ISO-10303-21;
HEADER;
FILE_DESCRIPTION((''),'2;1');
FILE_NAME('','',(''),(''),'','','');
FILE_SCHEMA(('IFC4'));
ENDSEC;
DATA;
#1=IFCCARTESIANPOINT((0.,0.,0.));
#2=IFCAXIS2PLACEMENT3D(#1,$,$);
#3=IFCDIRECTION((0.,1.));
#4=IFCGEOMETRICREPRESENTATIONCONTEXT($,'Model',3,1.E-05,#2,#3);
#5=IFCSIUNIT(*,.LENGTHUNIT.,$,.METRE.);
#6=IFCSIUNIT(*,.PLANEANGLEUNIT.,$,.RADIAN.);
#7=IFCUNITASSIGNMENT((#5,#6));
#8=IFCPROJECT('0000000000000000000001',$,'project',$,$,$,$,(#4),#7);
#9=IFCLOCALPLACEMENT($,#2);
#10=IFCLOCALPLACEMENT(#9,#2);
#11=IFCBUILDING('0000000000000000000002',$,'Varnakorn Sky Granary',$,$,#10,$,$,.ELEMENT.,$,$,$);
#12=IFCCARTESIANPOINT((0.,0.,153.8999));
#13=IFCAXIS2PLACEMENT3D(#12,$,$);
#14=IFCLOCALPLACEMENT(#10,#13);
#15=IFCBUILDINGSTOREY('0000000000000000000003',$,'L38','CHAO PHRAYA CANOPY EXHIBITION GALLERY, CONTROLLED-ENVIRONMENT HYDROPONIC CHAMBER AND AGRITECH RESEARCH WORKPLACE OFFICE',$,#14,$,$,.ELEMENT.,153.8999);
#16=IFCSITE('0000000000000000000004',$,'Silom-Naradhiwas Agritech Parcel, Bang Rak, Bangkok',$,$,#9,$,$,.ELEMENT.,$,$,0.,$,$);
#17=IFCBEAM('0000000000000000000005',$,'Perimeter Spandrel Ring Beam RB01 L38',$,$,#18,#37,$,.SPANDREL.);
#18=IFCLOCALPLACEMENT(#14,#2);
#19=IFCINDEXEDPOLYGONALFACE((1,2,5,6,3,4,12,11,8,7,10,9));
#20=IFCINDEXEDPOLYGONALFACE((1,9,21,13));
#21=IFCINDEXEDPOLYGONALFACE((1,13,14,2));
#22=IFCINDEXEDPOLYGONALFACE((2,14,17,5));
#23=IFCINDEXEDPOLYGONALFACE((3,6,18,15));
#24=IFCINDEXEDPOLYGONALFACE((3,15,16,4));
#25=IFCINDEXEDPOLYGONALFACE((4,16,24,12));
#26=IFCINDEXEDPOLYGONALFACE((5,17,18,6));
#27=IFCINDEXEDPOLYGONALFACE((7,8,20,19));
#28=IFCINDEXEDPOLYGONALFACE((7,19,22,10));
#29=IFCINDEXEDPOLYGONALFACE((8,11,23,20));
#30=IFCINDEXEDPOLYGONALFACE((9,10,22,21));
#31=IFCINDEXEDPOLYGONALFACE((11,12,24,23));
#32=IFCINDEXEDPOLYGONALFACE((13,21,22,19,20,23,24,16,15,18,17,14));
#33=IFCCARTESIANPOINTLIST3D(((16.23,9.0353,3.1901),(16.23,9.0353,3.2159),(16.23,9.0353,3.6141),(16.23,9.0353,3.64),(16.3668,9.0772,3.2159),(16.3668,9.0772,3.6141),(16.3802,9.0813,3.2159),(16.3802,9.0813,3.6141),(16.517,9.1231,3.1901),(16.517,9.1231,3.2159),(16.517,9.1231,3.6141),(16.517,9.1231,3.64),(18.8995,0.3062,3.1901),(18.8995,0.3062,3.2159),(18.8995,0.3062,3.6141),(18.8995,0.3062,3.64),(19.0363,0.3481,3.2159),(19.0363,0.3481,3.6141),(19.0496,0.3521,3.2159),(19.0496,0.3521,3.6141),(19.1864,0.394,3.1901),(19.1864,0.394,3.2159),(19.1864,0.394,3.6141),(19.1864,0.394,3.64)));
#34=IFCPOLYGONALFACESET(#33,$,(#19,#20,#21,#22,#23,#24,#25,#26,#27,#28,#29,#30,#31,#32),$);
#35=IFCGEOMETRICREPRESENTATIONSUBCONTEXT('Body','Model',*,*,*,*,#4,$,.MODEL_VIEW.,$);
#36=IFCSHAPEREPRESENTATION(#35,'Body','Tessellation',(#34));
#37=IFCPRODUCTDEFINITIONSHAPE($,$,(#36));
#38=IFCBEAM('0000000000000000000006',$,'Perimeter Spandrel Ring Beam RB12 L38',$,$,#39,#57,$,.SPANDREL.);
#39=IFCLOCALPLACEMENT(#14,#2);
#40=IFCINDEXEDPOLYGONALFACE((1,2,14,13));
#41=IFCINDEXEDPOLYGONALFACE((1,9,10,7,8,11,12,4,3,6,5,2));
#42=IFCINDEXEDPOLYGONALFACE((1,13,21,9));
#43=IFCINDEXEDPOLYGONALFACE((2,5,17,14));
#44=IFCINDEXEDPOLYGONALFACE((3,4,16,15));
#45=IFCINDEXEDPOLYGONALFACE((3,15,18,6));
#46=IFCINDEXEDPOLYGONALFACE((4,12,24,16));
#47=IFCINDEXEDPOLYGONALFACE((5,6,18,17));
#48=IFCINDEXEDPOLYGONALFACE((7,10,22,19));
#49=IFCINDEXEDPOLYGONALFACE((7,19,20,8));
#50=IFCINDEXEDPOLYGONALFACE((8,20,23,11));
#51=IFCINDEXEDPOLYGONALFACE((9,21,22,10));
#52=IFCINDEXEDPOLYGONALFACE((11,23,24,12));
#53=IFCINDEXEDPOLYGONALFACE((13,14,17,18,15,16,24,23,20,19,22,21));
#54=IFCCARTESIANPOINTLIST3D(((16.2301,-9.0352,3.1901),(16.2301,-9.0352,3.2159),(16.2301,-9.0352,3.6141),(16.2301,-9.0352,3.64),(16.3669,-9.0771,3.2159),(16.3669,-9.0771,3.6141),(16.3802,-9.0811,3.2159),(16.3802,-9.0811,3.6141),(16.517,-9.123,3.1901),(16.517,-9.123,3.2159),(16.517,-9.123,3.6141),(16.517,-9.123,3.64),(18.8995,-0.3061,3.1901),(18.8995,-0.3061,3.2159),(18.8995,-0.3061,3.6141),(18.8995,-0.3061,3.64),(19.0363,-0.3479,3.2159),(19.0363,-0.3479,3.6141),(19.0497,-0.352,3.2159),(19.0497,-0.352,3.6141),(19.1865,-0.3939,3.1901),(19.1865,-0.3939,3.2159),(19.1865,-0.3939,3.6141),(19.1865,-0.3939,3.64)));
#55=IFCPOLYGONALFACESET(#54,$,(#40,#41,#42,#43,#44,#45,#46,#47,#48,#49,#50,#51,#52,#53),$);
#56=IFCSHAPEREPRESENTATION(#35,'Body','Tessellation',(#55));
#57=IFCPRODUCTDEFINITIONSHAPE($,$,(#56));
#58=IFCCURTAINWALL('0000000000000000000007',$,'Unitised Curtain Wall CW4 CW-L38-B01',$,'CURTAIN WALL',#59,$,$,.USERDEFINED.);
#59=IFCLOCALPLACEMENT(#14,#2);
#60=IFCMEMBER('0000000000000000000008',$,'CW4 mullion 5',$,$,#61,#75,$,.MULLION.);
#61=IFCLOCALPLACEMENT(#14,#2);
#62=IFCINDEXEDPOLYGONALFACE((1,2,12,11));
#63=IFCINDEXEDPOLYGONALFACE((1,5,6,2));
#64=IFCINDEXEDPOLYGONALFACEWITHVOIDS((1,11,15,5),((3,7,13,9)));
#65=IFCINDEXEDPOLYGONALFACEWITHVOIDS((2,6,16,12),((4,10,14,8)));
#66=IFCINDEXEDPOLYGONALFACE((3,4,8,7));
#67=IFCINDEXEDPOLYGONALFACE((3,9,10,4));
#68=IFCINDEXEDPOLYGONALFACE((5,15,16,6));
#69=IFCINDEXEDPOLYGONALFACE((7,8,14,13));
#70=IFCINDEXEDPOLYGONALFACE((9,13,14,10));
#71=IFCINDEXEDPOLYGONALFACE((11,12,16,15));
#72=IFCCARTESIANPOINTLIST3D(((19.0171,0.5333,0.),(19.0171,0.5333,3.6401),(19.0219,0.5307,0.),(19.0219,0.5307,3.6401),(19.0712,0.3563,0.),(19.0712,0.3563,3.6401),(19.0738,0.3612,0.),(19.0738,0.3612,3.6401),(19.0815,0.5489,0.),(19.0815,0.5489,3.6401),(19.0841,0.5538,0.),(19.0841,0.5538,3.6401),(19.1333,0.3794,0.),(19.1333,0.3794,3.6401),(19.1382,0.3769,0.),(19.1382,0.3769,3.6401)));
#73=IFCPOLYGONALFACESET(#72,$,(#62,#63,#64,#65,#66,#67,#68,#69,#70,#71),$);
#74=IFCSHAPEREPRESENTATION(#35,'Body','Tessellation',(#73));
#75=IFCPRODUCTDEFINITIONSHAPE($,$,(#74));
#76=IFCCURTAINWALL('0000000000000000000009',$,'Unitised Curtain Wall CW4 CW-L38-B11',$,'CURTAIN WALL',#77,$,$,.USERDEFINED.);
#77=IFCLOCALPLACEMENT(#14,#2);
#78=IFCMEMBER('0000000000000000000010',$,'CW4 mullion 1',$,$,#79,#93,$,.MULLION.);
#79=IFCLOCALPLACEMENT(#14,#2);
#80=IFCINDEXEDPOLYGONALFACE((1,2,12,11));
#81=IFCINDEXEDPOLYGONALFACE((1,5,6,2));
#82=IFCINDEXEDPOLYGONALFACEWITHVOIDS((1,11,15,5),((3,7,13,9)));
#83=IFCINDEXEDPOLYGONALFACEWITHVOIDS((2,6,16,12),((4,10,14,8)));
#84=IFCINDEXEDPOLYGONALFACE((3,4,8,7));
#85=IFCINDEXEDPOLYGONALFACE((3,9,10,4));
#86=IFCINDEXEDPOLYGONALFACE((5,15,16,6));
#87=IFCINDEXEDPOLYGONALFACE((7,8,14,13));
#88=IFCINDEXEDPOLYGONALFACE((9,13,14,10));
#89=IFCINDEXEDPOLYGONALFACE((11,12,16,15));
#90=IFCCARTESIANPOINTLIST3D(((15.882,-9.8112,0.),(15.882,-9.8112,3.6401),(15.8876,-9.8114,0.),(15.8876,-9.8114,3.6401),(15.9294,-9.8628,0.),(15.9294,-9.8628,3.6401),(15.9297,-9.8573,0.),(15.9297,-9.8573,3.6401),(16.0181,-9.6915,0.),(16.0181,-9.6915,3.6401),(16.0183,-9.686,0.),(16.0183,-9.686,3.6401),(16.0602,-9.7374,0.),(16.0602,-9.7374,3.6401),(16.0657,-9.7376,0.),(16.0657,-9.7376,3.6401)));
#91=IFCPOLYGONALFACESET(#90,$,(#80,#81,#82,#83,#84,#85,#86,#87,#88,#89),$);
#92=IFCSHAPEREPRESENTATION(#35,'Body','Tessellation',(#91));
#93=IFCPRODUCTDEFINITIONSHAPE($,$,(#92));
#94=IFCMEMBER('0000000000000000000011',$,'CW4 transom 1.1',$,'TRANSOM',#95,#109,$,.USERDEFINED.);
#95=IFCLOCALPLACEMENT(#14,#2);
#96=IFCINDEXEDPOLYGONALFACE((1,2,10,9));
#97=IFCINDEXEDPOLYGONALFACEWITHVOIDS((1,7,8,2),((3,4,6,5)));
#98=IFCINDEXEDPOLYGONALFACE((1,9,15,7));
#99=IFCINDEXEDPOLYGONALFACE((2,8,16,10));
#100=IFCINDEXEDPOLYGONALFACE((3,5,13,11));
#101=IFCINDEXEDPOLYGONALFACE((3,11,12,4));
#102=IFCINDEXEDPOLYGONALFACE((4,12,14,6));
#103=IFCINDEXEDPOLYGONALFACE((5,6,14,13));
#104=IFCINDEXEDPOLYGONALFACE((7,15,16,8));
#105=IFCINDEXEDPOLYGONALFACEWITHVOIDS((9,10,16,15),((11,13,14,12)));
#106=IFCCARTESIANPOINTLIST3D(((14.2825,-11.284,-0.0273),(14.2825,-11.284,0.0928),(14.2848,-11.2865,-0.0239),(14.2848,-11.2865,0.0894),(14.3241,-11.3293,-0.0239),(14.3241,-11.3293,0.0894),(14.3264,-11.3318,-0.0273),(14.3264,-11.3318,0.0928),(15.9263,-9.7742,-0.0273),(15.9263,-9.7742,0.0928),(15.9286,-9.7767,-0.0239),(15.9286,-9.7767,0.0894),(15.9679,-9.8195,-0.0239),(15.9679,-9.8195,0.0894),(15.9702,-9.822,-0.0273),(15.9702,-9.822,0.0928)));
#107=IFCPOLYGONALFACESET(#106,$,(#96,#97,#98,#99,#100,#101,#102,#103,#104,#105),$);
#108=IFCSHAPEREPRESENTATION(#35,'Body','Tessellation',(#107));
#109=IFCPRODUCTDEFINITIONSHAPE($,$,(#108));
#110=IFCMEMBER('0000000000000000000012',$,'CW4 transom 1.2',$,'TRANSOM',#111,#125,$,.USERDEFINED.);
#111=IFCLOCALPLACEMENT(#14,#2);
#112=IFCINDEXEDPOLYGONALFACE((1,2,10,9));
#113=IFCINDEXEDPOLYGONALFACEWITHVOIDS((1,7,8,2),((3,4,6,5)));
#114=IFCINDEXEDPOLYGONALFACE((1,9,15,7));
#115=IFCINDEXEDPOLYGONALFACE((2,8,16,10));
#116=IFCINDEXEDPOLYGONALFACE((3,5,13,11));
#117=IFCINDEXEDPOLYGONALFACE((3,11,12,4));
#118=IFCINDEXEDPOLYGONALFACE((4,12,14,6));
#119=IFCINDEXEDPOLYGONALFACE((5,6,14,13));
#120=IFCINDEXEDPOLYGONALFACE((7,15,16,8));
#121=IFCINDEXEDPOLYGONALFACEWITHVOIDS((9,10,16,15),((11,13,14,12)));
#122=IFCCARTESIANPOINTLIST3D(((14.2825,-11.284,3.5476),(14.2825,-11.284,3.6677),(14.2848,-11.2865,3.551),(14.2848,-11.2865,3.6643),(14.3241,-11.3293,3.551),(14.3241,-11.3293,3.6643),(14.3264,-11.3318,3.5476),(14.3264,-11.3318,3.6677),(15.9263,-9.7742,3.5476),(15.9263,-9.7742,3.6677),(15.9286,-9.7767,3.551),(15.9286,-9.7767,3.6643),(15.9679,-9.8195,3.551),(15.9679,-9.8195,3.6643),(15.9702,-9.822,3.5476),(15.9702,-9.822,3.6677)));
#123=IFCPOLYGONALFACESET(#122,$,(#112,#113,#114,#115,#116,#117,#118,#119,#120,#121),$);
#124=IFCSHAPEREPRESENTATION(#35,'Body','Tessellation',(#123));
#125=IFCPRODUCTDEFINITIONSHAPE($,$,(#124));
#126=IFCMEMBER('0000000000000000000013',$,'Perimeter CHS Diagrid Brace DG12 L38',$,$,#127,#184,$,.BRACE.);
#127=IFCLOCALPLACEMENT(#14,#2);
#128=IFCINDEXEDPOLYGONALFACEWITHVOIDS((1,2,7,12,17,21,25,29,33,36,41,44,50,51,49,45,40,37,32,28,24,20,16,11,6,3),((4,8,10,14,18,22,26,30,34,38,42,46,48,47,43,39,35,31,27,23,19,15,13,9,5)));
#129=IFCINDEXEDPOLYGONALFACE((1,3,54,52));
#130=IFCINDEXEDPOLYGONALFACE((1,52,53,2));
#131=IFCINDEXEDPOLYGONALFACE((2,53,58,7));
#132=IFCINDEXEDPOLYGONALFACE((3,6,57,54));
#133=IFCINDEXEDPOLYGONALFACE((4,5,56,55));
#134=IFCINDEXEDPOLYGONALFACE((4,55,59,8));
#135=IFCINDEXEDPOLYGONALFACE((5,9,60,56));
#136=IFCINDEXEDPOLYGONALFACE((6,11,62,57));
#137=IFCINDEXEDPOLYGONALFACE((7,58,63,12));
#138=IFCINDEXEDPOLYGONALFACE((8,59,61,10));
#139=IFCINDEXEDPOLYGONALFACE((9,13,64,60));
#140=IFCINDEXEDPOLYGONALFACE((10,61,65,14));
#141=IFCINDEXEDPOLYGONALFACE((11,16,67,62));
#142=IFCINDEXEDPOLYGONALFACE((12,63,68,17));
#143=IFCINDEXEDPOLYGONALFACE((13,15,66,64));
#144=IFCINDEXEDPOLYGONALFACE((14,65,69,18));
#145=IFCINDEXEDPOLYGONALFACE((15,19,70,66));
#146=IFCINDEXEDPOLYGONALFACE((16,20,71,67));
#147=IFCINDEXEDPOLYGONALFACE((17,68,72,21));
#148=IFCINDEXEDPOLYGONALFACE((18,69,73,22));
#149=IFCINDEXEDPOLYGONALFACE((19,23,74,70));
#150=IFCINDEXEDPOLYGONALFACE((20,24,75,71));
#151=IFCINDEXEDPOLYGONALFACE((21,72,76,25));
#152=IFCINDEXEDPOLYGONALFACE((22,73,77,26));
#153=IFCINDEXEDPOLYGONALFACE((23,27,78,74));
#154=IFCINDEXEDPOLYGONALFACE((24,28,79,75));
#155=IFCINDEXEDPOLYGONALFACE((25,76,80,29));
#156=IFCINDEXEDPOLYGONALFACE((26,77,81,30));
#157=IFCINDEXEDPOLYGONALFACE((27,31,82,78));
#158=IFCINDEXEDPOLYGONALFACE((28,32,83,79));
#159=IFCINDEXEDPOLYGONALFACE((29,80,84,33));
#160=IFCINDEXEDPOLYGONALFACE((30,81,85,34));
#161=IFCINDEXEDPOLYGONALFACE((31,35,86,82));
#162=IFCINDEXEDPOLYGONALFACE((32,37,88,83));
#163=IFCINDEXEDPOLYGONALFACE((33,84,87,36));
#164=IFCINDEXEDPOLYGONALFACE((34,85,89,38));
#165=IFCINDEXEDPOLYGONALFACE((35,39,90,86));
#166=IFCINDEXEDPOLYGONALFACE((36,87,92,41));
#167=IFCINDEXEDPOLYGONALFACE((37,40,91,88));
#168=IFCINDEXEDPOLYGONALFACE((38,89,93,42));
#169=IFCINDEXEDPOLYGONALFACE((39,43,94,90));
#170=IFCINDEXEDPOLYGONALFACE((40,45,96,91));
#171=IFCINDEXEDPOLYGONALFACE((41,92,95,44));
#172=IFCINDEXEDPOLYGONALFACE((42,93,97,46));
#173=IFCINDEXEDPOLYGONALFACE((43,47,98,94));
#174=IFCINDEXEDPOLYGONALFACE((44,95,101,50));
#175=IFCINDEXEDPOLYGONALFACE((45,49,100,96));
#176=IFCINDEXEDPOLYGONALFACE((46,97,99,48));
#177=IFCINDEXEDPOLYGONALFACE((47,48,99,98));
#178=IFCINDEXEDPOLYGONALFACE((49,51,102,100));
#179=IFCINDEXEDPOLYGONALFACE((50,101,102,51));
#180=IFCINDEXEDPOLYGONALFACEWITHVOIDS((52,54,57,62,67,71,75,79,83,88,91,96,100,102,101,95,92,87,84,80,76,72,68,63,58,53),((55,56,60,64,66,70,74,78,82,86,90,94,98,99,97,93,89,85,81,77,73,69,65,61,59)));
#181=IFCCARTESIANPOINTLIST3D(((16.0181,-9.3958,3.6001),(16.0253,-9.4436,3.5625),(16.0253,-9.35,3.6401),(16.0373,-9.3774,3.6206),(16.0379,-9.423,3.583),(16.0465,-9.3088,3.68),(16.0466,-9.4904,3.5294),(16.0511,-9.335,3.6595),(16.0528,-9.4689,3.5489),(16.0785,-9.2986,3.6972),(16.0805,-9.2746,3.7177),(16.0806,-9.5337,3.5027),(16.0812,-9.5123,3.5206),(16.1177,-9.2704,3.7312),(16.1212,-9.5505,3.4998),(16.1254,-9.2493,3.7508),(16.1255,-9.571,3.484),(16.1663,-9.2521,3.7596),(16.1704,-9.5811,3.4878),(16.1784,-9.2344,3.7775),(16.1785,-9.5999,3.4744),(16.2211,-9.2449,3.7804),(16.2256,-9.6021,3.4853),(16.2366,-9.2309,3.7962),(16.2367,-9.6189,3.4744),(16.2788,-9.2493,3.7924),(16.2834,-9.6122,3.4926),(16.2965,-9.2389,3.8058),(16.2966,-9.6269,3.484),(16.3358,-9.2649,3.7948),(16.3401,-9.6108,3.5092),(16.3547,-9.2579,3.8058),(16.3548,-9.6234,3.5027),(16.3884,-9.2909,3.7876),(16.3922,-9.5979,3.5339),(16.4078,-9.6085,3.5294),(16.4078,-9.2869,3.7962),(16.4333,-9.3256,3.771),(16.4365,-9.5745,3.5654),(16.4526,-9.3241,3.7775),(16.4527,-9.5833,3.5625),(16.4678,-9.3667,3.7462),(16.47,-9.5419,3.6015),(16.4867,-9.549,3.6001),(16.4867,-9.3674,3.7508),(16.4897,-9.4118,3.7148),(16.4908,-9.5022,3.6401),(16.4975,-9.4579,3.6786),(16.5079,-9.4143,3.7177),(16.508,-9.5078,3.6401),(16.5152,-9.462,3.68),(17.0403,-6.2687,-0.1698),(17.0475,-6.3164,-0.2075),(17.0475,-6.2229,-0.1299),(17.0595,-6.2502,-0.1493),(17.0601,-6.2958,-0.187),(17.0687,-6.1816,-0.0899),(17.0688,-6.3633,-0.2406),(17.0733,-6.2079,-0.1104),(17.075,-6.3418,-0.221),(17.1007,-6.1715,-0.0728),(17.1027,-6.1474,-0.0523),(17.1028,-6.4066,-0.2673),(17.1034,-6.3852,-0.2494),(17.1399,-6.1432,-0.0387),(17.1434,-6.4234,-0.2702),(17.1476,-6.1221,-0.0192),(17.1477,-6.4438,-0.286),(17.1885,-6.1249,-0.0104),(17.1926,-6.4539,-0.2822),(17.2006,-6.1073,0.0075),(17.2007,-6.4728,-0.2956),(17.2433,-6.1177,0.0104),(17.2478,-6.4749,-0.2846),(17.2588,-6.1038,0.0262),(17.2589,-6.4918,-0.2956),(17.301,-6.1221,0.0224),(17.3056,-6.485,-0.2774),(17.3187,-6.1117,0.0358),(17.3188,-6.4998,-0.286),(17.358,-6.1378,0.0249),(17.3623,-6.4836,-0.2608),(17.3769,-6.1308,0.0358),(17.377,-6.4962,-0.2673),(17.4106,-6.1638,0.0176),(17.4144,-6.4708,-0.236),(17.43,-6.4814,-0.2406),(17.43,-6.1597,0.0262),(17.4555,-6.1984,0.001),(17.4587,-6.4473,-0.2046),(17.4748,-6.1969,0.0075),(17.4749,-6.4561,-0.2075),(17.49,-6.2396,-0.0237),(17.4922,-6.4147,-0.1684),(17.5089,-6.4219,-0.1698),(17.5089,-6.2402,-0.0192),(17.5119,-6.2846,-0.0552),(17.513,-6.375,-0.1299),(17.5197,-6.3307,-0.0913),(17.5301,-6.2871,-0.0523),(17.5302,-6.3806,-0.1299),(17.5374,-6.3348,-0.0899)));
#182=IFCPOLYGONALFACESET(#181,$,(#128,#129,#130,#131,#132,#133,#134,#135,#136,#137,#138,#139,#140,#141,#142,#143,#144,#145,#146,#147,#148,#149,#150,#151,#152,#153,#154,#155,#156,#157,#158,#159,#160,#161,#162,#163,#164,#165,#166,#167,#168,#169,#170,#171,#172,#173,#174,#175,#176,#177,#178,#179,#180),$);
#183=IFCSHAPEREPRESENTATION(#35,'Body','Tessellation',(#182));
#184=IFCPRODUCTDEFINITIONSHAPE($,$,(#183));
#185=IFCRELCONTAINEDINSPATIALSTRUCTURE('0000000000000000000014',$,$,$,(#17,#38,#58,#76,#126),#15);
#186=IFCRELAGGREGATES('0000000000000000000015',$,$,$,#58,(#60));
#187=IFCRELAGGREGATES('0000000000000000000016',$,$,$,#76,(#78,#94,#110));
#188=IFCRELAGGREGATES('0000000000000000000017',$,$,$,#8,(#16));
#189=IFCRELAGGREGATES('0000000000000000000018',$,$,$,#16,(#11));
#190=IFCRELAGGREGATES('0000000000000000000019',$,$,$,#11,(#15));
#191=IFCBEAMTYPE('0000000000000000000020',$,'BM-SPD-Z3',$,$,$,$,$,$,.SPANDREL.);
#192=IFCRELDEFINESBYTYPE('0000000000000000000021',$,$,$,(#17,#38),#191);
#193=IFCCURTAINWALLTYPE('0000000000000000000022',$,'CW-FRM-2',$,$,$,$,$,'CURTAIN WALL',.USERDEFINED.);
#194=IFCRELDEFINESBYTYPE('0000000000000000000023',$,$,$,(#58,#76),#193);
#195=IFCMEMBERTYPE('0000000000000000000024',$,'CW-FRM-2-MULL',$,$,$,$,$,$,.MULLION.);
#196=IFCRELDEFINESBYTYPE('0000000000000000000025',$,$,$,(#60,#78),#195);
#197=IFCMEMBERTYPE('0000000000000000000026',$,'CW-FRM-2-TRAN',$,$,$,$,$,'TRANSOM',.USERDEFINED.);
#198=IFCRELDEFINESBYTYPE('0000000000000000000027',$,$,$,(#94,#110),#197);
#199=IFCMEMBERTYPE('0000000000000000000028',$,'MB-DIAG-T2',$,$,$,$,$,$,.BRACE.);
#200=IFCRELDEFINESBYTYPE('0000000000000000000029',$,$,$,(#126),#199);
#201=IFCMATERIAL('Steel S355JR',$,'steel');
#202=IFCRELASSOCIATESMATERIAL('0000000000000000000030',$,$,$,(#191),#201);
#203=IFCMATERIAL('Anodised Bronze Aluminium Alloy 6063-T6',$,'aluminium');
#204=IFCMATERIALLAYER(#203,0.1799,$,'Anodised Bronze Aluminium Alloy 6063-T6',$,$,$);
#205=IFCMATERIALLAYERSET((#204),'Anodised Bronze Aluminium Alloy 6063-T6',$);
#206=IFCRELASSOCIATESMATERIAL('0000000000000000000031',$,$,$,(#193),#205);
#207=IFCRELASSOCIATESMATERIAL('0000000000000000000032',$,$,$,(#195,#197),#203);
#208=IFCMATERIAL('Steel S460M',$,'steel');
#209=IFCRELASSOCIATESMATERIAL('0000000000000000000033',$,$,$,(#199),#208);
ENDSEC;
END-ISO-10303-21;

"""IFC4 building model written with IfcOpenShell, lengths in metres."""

from ifc_helpers import new_model, si_unit, direction, frame, origin, origin_2d, place, context, subcontext, project, spatial, hollow_rectangle, hollow_circle, i_section, extrude, material, layer, layer_set, material_profile, profile_set, type_object, element, aggregate, save


model = new_model("IFC4")

# Units and contexts
model_context = context("Model", 3, precision=1e-05, world=origin(), true_north=direction((0.0, 1.0)))
body_context = subcontext(model_context, "Body", "Model", "MODEL_VIEW")
ifc_project = project(units=[si_unit("LENGTHUNIT", "METRE"), si_unit("PLANEANGLEUNIT", "RADIAN")], contexts=[model_context])

# Site, building, storey
site_placement = place(None, origin())
site = spatial("IfcSite", under=ifc_project, at=site_placement, Name="Silom-Naradhiwas Agritech Parcel, Bang Rak, Bangkok", CompositionType="ELEMENT", RefElevation=0.0)
building_placement = place(site_placement, origin())
building = spatial("IfcBuilding", under=site, at=building_placement, Name="Varnakorn Sky Granary", CompositionType="ELEMENT")
storey_placement = place(building_placement, frame((0.0, 0.0, 153.8999)))
storey = spatial("IfcBuildingStorey", under=building, at=storey_placement, Name="L38", Description="CHAO PHRAYA CANOPY EXHIBITION GALLERY, CONTROLLED-ENVIRONMENT HYDROPONIC CHAMBER AND AGRITECH RESEARCH WORKPLACE OFFICE", CompositionType="ELEMENT", Elevation=153.8999)

# Shared definitions
ifc_material_1 = material(Name="Steel S460M", Category="steel")

# Beams
ifc_material_2 = material(Name="Steel S355JR", Category="steel")
ifc_material_profile_1 = material_profile(ifc_material_2, i_section(OverallWidth=0.3, OverallDepth=0.45, WebThickness=0.0139, FlangeThickness=0.0259, at=origin_2d()), Name="HE 450 B")
ifc_profile_set_1 = profile_set([ifc_material_profile_1], Name="Steel S355JR")
beam_type_1 = type_object("IfcBeamType", Name="BM-SPD-Z3", PredefinedType="SPANDREL", material=ifc_profile_set_1)
for number, where, z_axis, x_axis, name in (
    (1, (19.043, 0.3501, 3.415), (-0.292443, 0.956283, 0.0), (-0.956283, -0.292443, 0.0), "Perimeter Spandrel Ring Beam RB01 L38"),
    (2, (16.3735, -9.0791, 3.415), (0.292443, 0.956283, 0.0), (-0.956283, 0.292443, 0.0), "Perimeter Spandrel Ring Beam RB12 L38"),
):
    element("IfcBeam", number, at=place(storey_placement, frame(where, z_axis=z_axis, x_axis=x_axis)), inside=storey, type_object=beam_type_1, Name=name, PredefinedType="SPANDREL", context=body_context, shape_type="SweptSolid", body=[
        extrude(i_section(OverallWidth=0.3, OverallDepth=0.45, WebThickness=0.0139, FlangeThickness=0.0259, at=origin_2d()), origin(), (0.0, 0.0, 1.0), 9.1282),
    ])

# Curtain wall, member
ifc_material_3 = material(Name="Anodised Bronze Aluminium Alloy 6063-T6", Category="aluminium")
ifc_layer_1 = layer(ifc_material_3, 0.1799, Name="Anodised Bronze Aluminium Alloy 6063-T6")
ifc_layer_set_1 = layer_set([ifc_layer_1], Name="Anodised Bronze Aluminium Alloy 6063-T6")
curtain_wall_type = type_object("IfcCurtainWallType", Name="CW-FRM-2", ElementType="CURTAIN WALL", PredefinedType="USERDEFINED", material=ifc_layer_set_1)
curtain_wall_1_placement = place(storey_placement, origin())
curtain_wall_1 = element("IfcCurtainWall", 3, at=curtain_wall_1_placement, inside=storey, type_object=curtain_wall_type, Name="Unitised Curtain Wall CW4 CW-L38-B01", ObjectType="CURTAIN WALL", PredefinedType="USERDEFINED")
ifc_material_profile_2 = material_profile(ifc_material_3, hollow_rectangle(XDim=0.0701, YDim=0.1851, WallThickness=0.0039, at=origin_2d()), Name="ALU MULL 70x185")
ifc_profile_set_2 = profile_set([ifc_material_profile_2], Name="Anodised Bronze Aluminium Alloy 6063-T6")
member_type_1 = type_object("IfcMemberType", Name="CW-FRM-2-MULL", PredefinedType="MULLION", material=ifc_profile_set_2)
member_1_placement = place(storey_placement, frame((19.0776, 0.4551, 0.0), z_axis=(0.0, 0.0, 1.0), x_axis=(0.956229, 0.292619, 0.0)))
member_1 = element("IfcMember", 4, at=member_1_placement, type_object=member_type_1, Name="CW4 mullion 5", PredefinedType="MULLION", context=body_context, shape_type="SweptSolid", body=[
    extrude(hollow_rectangle(XDim=0.0701, YDim=0.1851, WallThickness=0.0039, at=origin_2d()), origin(), (0.0, 0.0, 1.0), 3.6401),
])
aggregate(curtain_wall_1, [member_1])

# Curtain wall, members
curtain_wall_2_placement = place(storey_placement, origin())
curtain_wall_2 = element("IfcCurtainWall", 5, at=curtain_wall_2_placement, inside=storey, type_object=curtain_wall_type, Name="Unitised Curtain Wall CW4 CW-L38-B11", ObjectType="CURTAIN WALL", PredefinedType="USERDEFINED")
member_2_placement = place(storey_placement, frame((15.9739, -9.7744, 0.0), z_axis=(0.0, 0.0, 1.0), x_axis=(0.676472, -0.736469, 0.0)))
member_2 = element("IfcMember", 6, at=member_2_placement, type_object=member_type_1, Name="CW4 mullion 1", PredefinedType="MULLION", context=body_context, shape_type="SweptSolid", body=[
    extrude(hollow_rectangle(XDim=0.0701, YDim=0.1851, WallThickness=0.0039, at=origin_2d()), origin(), (0.0, 0.0, 1.0), 3.6401),
])
ifc_material_profile_3 = material_profile(ifc_material_3, hollow_rectangle(XDim=0.0649, YDim=0.1201, WallThickness=0.0034, at=origin_2d()), Name="ALU TRAN 65x120")
ifc_profile_set_3 = profile_set([ifc_material_profile_3], Name="Anodised Bronze Aluminium Alloy 6063-T6")
member_type_2 = type_object("IfcMemberType", Name="CW-FRM-2-TRAN", ElementType="TRANSOM", PredefinedType="USERDEFINED", material=ifc_profile_set_3)
member_3_placement = place(storey_placement, frame((15.9482, -9.7981, 0.0327), z_axis=(-0.736495, -0.676443, 0.0), x_axis=(0.676443, -0.736495, 0.0)))
member_3 = element("IfcMember", 7, at=member_3_placement, type_object=member_type_2, Name="CW4 transom 1.1", ObjectType="TRANSOM", PredefinedType="USERDEFINED", context=body_context, shape_type="SweptSolid", body=[
    extrude(hollow_rectangle(XDim=0.0649, YDim=0.1201, WallThickness=0.0034, at=origin_2d()), origin(), (0.0, 0.0, 1.0), 2.2319),
])
member_4_placement = place(storey_placement, frame((15.9482, -9.7981, 3.6077), z_axis=(-0.736495, -0.676443, 0.0), x_axis=(0.676443, -0.736495, 0.0)))
member_4 = element("IfcMember", 8, at=member_4_placement, type_object=member_type_2, Name="CW4 transom 1.2", ObjectType="TRANSOM", PredefinedType="USERDEFINED", context=body_context, shape_type="SweptSolid", body=[
    extrude(hollow_rectangle(XDim=0.0649, YDim=0.1201, WallThickness=0.0034, at=origin_2d()), origin(), (0.0, 0.0, 1.0), 2.2319),
])
aggregate(curtain_wall_2, [member_2, member_3, member_4])

# Member
ifc_material_profile_4 = material_profile(ifc_material_1, hollow_circle(Radius=0.2539, WallThickness=0.0181, at=origin_2d()), Name="CHS 508x18")
ifc_profile_set_4 = profile_set([ifc_material_profile_4], Name="Steel S460M")
member_type_3 = type_object("IfcMemberType", Name="MB-DIAG-T2", PredefinedType="BRACE", material=ifc_profile_set_4)
member_5_placement = place(storey_placement, frame((17.2888, -6.3018, -0.1299), z_axis=(-0.204291, -0.624973, 0.753441), x_axis=(0.950508, -0.310701, 0.0)))
element("IfcMember", 9, at=member_5_placement, inside=storey, type_object=member_type_3, Name="Perimeter CHS Diagrid Brace DG12 L38", PredefinedType="BRACE", context=body_context, shape_type="SweptSolid", body=[
    extrude(hollow_circle(Radius=0.2539, WallThickness=0.0181, at=origin_2d()), origin(), (0.0, 0.0, 1.0), 5.0037),
])

save(model, "model.ifc")
